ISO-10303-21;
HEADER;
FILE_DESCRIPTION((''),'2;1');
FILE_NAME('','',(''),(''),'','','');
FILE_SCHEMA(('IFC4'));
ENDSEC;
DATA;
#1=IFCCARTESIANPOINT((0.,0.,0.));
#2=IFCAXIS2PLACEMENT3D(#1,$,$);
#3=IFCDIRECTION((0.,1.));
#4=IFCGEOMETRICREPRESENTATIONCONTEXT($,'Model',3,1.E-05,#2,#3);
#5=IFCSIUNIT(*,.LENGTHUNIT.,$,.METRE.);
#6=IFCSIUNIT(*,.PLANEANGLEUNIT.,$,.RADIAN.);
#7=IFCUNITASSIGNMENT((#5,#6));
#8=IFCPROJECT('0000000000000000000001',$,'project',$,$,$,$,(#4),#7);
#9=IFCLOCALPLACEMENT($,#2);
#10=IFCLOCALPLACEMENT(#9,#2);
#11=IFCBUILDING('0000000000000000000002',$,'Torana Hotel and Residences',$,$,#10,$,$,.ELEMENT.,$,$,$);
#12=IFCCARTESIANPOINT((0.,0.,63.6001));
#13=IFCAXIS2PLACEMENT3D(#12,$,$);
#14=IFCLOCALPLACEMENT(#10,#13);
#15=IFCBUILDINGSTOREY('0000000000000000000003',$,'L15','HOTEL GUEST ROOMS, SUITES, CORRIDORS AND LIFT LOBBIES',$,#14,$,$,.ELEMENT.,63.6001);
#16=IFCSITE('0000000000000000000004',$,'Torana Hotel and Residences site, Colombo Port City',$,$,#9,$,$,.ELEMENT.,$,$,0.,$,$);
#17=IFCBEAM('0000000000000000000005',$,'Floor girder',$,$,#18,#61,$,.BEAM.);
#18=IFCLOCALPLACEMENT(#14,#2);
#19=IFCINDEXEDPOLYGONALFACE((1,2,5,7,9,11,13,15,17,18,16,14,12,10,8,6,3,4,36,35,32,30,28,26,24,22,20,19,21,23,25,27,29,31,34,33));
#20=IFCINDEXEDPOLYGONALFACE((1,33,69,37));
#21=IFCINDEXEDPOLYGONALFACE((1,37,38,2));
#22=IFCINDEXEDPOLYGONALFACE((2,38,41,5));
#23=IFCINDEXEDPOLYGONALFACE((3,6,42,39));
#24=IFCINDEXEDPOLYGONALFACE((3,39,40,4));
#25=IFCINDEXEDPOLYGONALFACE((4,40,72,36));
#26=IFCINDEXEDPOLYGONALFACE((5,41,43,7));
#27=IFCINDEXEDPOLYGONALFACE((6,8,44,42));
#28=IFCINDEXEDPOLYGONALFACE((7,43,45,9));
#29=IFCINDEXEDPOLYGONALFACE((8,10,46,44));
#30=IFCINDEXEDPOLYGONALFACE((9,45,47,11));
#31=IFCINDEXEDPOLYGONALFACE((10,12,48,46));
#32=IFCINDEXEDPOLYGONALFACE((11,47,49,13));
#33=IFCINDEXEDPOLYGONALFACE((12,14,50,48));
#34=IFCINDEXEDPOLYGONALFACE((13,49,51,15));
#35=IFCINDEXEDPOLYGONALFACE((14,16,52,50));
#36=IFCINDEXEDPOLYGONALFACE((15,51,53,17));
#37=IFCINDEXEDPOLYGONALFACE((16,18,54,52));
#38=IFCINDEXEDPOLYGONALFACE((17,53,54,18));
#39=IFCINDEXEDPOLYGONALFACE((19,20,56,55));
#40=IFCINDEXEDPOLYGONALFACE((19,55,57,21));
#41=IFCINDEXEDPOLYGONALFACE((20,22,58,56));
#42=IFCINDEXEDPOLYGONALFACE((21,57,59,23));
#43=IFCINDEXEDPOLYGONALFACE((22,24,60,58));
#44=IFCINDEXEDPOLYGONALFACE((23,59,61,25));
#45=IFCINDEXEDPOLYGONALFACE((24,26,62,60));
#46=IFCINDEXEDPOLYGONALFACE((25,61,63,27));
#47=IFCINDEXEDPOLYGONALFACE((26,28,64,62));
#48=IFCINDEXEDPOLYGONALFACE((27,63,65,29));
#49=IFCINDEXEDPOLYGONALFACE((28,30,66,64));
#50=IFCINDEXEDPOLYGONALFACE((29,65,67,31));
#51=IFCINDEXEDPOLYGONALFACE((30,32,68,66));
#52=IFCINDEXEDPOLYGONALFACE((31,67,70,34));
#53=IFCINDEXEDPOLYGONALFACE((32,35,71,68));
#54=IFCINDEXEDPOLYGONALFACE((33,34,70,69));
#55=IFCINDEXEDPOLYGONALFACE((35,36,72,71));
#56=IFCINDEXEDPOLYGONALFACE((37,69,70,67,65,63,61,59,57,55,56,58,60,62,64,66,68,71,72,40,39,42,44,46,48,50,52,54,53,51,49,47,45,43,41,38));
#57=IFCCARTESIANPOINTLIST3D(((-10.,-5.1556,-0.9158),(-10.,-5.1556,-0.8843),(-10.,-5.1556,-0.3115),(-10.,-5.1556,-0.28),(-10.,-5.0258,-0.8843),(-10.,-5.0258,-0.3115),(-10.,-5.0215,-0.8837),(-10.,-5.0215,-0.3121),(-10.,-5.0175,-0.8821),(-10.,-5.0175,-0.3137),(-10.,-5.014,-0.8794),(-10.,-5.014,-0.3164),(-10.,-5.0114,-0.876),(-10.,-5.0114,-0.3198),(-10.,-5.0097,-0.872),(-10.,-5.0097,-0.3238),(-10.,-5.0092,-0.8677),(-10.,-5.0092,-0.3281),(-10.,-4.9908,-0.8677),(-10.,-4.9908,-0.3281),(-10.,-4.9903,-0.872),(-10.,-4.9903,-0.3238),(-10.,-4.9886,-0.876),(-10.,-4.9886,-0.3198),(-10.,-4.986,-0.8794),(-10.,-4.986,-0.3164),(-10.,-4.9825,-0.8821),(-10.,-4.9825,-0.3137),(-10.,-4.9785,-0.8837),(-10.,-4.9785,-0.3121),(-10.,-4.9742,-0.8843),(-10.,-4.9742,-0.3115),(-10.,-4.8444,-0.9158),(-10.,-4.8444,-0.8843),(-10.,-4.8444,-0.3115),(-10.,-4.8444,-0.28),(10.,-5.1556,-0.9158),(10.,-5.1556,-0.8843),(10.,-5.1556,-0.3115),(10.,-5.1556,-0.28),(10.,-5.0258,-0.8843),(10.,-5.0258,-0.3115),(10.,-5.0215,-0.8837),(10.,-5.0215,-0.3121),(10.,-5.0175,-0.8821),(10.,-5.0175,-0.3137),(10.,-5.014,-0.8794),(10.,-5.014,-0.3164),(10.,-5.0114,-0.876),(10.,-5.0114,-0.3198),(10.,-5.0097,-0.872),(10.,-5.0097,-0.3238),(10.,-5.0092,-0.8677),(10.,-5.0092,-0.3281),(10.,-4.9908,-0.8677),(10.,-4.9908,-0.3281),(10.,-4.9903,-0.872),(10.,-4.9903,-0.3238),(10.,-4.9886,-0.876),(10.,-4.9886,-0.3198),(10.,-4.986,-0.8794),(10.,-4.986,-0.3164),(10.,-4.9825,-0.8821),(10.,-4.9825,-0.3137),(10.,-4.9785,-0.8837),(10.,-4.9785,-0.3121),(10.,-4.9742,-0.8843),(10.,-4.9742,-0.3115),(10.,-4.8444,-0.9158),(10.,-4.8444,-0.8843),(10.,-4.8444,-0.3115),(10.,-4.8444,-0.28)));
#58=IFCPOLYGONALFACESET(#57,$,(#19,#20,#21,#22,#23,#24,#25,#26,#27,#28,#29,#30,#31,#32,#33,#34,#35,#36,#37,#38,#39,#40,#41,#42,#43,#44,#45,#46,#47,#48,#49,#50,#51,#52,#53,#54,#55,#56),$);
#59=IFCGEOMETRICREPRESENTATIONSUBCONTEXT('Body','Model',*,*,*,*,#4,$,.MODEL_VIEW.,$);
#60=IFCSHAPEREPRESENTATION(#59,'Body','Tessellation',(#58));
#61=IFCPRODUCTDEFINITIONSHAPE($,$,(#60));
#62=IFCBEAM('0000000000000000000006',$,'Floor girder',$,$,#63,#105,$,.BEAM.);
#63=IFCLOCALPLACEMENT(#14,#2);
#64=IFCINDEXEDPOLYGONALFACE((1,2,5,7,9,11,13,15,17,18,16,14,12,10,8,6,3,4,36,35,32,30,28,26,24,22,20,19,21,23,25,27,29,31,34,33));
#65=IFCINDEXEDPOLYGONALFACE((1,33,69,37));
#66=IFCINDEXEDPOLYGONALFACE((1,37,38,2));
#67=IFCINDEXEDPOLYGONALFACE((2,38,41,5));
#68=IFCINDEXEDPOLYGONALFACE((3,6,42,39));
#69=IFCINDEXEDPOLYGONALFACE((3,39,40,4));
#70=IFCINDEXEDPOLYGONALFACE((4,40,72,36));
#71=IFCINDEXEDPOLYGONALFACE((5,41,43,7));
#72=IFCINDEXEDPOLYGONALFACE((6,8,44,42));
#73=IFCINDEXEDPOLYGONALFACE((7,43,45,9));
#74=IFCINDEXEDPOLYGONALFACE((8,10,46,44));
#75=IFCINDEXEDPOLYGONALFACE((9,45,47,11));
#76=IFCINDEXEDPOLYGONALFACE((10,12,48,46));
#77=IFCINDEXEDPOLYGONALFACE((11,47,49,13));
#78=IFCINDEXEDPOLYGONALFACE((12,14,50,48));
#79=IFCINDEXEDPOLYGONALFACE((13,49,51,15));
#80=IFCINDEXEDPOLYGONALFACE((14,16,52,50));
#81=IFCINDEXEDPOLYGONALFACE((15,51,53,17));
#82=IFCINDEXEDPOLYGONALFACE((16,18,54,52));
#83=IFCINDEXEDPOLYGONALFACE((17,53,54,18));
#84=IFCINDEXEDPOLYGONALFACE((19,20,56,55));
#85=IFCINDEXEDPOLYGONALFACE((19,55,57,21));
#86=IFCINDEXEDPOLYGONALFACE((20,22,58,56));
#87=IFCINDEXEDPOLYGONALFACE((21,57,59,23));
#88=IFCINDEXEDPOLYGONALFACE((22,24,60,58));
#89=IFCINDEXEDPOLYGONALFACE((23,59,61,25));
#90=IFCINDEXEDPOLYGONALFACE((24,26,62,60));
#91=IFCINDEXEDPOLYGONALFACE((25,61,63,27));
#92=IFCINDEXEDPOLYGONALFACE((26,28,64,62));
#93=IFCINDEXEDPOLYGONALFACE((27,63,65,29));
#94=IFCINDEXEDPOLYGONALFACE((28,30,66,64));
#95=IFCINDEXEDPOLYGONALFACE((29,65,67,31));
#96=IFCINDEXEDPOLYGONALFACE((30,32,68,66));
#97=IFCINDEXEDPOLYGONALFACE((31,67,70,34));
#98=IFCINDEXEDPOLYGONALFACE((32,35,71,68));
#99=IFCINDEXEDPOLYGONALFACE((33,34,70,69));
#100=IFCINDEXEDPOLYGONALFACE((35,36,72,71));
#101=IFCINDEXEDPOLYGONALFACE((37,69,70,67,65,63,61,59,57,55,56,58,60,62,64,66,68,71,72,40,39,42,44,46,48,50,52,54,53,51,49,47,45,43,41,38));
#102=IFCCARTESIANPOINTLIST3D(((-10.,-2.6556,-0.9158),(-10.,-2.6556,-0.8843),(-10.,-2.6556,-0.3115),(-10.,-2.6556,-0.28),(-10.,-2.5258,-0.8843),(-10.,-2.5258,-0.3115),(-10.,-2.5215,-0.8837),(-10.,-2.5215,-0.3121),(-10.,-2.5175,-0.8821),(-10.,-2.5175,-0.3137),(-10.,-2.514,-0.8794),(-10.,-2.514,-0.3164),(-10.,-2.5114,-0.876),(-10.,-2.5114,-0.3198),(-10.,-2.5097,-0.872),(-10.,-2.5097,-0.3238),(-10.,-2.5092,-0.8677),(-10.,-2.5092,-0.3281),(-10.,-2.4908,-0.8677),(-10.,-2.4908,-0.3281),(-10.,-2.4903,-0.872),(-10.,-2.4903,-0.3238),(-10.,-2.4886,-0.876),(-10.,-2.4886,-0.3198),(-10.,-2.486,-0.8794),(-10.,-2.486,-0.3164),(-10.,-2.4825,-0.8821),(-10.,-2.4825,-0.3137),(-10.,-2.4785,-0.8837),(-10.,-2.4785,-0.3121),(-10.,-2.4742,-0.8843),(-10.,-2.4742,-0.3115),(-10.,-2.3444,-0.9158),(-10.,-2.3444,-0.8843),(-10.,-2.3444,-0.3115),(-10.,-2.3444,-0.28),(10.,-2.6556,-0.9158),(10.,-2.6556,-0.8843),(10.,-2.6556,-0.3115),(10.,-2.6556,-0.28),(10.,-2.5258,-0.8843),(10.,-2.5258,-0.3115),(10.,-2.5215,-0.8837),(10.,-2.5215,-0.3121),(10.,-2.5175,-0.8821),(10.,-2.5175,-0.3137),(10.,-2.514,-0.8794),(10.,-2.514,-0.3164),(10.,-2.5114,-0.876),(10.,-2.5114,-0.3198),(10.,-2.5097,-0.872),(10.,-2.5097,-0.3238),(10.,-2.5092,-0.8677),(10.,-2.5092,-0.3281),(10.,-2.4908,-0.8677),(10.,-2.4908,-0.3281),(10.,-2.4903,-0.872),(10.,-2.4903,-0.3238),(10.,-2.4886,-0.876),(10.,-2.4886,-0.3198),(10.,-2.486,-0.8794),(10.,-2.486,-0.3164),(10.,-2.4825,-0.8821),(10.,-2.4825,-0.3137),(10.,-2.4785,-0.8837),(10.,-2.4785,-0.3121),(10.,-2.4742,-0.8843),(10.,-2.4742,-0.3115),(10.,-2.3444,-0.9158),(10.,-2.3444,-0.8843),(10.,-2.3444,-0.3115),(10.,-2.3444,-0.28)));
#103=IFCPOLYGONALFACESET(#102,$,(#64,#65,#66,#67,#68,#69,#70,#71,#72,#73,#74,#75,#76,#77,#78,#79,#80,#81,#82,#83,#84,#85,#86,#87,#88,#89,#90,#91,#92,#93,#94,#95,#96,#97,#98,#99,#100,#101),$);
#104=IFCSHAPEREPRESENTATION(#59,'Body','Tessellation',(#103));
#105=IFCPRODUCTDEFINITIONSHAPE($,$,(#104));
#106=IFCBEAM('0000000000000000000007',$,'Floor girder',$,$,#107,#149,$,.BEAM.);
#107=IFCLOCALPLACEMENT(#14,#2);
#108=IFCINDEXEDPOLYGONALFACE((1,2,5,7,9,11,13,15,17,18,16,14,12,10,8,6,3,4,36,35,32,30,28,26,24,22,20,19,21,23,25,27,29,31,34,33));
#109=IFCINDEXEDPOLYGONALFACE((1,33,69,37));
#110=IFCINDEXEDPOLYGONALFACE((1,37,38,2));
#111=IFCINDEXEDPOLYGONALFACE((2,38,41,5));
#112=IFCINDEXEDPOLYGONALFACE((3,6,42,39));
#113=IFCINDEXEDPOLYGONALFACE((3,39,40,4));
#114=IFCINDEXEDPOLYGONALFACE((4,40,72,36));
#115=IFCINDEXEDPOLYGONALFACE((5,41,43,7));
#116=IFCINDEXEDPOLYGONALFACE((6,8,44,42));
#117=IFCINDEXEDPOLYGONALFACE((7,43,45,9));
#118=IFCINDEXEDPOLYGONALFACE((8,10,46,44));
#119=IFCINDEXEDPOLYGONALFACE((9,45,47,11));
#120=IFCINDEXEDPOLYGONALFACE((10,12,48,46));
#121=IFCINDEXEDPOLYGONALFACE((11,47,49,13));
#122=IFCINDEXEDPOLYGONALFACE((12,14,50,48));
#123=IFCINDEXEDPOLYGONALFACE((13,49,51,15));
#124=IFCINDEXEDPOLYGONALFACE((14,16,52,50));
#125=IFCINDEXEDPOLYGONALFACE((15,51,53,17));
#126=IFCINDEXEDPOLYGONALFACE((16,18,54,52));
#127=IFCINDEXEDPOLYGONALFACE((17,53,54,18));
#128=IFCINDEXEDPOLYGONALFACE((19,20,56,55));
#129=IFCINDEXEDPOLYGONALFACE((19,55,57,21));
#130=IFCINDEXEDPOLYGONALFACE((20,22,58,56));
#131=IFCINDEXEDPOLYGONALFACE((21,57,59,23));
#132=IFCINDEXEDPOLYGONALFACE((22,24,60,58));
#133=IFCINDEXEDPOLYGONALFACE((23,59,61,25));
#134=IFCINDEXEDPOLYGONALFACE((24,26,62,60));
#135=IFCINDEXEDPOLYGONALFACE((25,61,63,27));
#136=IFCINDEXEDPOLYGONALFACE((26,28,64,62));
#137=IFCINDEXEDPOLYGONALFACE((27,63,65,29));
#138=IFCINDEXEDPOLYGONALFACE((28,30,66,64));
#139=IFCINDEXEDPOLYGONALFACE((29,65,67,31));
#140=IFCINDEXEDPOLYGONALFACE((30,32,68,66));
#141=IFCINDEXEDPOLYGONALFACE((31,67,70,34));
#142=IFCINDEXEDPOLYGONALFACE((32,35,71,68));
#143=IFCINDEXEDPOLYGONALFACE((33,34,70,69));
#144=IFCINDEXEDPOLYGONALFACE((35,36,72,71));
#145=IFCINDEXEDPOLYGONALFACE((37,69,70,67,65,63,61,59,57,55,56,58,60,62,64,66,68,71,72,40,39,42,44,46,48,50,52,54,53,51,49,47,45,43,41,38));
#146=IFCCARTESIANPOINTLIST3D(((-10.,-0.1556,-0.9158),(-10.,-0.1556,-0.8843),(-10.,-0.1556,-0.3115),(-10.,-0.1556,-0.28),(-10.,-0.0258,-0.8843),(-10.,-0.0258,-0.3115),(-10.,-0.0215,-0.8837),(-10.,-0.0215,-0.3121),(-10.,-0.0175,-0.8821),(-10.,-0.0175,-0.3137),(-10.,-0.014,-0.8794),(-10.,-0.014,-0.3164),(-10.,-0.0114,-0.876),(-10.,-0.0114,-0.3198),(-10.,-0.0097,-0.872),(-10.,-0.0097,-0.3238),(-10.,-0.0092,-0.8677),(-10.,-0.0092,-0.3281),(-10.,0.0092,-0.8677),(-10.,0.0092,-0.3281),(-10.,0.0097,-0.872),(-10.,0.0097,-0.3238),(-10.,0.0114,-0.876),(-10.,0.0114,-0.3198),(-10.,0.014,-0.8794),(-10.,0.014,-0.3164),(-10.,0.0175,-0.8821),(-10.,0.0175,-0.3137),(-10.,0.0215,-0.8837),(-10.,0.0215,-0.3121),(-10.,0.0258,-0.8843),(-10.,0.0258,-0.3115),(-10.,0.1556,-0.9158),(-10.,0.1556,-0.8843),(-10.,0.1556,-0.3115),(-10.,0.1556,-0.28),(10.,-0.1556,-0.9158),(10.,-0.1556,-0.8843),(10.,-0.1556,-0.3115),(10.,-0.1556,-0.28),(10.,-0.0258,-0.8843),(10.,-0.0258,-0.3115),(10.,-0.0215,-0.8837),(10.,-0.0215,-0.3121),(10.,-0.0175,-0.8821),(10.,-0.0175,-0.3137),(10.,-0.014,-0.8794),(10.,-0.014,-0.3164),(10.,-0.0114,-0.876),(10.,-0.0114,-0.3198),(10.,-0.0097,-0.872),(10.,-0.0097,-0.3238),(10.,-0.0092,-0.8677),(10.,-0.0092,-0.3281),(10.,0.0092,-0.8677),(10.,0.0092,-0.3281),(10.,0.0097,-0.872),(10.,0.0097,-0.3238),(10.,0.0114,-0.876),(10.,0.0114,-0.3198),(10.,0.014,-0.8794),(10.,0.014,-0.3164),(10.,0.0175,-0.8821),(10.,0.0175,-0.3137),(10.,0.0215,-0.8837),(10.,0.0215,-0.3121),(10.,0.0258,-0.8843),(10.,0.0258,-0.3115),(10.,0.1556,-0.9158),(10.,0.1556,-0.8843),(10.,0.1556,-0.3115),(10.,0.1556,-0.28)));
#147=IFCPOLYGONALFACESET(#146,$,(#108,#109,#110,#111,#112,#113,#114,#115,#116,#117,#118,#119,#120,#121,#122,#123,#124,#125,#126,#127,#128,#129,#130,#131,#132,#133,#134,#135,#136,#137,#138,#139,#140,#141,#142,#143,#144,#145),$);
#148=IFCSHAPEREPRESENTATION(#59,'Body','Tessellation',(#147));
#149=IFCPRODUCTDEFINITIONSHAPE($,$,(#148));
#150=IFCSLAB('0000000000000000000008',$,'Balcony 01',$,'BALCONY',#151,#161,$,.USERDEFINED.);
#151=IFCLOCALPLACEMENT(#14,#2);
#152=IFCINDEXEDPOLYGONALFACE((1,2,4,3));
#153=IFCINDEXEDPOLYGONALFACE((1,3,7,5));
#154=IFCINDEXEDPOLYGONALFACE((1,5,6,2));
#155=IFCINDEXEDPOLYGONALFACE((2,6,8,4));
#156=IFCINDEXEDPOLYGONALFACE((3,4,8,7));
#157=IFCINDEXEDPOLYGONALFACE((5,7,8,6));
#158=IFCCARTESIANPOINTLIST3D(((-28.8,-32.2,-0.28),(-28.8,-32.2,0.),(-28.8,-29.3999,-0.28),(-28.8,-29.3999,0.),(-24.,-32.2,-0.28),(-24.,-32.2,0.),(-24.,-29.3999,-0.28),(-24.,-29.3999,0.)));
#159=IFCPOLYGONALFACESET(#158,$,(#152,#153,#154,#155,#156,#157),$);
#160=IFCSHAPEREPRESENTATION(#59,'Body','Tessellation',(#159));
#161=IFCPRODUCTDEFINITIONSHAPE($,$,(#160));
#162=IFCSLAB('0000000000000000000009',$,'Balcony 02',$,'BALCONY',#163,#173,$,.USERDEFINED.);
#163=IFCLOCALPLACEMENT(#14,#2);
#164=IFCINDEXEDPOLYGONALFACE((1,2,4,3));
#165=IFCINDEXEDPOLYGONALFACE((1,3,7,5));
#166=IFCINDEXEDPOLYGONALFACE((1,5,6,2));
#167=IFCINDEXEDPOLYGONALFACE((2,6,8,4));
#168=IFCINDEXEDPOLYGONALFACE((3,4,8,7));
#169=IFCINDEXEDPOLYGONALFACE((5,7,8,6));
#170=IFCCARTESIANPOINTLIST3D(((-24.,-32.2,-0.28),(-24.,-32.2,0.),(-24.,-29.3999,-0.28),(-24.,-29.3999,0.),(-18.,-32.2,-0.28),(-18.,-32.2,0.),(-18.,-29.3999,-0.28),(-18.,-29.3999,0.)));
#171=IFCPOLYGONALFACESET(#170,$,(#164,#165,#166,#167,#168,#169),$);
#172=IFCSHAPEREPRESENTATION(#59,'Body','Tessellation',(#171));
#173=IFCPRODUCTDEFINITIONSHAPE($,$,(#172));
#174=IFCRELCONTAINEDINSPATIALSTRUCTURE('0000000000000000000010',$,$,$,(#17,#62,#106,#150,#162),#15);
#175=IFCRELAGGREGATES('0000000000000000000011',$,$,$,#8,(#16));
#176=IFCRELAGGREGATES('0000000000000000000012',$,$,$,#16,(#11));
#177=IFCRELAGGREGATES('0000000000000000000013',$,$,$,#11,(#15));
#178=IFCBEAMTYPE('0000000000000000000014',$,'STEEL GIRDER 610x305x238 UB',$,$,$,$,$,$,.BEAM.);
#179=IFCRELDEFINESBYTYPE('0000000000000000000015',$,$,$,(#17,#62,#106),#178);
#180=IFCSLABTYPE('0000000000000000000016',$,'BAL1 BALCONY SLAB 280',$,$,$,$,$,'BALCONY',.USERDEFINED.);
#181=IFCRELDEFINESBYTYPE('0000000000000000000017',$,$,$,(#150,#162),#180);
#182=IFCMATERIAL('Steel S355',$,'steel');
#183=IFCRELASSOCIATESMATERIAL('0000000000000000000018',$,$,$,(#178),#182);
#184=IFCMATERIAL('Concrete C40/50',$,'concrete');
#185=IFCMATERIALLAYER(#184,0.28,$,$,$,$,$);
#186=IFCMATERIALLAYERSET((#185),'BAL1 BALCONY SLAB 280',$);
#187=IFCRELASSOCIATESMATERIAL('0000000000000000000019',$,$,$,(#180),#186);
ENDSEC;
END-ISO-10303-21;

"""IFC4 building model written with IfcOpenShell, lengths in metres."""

from ifc_helpers import new_model, si_unit, direction, frame, origin, origin_2d, place, context, subcontext, project, spatial, polyline, i_section, outline, extrude, material, layer, layer_set, material_profile, profile_set, type_object, element, save


model = new_model("IFC4")

# Units and contexts
model_context = context("Model", 3, precision=1e-05, world=origin(), true_north=direction((0.0, 1.0)))
body_context = subcontext(model_context, "Body", "Model", "MODEL_VIEW")
ifc_project = project(units=[si_unit("LENGTHUNIT", "METRE"), si_unit("PLANEANGLEUNIT", "RADIAN")], contexts=[model_context])

# Site, building, storey
site_placement = place(None, origin())
site = spatial("IfcSite", under=ifc_project, at=site_placement, Name="Torana Hotel and Residences site, Colombo Port City", CompositionType="ELEMENT", RefElevation=0.0)
building_placement = place(site_placement, origin())
building = spatial("IfcBuilding", under=site, at=building_placement, Name="Torana Hotel and Residences", CompositionType="ELEMENT")
storey_placement = place(building_placement, frame((0.0, 0.0, 63.6001)))
storey = spatial("IfcBuildingStorey", under=building, at=storey_placement, Name="L15", Description="HOTEL GUEST ROOMS, SUITES, CORRIDORS AND LIFT LOBBIES", CompositionType="ELEMENT", Elevation=63.6001)

# Beams
ifc_material_1 = material(Name="Steel S355", Category="steel")
ifc_material_profile = material_profile(ifc_material_1, i_section(OverallWidth=0.3113, OverallDepth=0.6357, WebThickness=0.0183, FlangeThickness=0.0315, FilletRadius=0.0166, at=origin_2d()), Name="610x305x238 UB")
ifc_profile_set = profile_set([ifc_material_profile], Name="Steel S355")
beam_type = type_object("IfcBeamType", Name="STEEL GIRDER 610x305x238 UB", PredefinedType="BEAM", material=ifc_profile_set)
for number, where, z_axis, x_axis, name in (
    (1, (-10.0, -5.0, -0.5979), (1.0, 0.0, 0.0), (0.0, 1.0, 0.0), "Floor girder"),
    (2, (-10.0, -2.5, -0.5979), (1.0, 0.0, 0.0), (0.0, 1.0, 0.0), "Floor girder"),
    (3, (-10.0, 0.0, -0.5979), (1.0, 0.0, 0.0), (0.0, 1.0, 0.0), "Floor girder"),
):
    element("IfcBeam", number, at=place(storey_placement, frame(where, z_axis=z_axis, x_axis=x_axis)), inside=storey, type_object=beam_type, Name=name, PredefinedType="BEAM", context=body_context, shape_type="SweptSolid", body=[
        extrude(i_section(OverallWidth=0.3113, OverallDepth=0.6357, WebThickness=0.0183, FlangeThickness=0.0315, FilletRadius=0.0166, at=origin_2d()), origin(), (0.0, 0.0, 1.0), 20.0),
    ])

# Slabs
ifc_material_2 = material(Name="Concrete C40/50", Category="concrete")
ifc_layer_1 = layer(ifc_material_2, 0.28)
ifc_layer_set_1 = layer_set([ifc_layer_1], Name="BAL1 BALCONY SLAB 280")
slab_type_1 = type_object("IfcSlabType", Name="BAL1 BALCONY SLAB 280", ElementType="BALCONY", PredefinedType="USERDEFINED", material=ifc_layer_set_1)
slab_1_placement = place(storey_placement, frame((0.0, 0.0, -0.28)))
element("IfcSlab", 4, at=slab_1_placement, inside=storey, type_object=slab_type_1, Name="Balcony 01", ObjectType="BALCONY", PredefinedType="USERDEFINED", context=body_context, shape_type="SweptSolid", body=[
    extrude(outline(polyline([(-28.8, -32.2), (-24.0, -32.2), (-24.0, -29.3999), (-28.8, -29.3999), (-28.8, -32.2)])), origin(), (0.0, 0.0, 1.0), 0.28),
])
slab_2_placement = place(storey_placement, frame((0.0, 0.0, -0.28)))
element("IfcSlab", 5, at=slab_2_placement, inside=storey, type_object=slab_type_1, Name="Balcony 02", ObjectType="BALCONY", PredefinedType="USERDEFINED", context=body_context, shape_type="SweptSolid", body=[
    extrude(outline(polyline([(-24.0, -32.2), (-18.0, -32.2), (-18.0, -29.3999), (-24.0, -29.3999), (-24.0, -32.2)])), origin(), (0.0, 0.0, 1.0), 0.28),
])

save(model, "model.ifc")
